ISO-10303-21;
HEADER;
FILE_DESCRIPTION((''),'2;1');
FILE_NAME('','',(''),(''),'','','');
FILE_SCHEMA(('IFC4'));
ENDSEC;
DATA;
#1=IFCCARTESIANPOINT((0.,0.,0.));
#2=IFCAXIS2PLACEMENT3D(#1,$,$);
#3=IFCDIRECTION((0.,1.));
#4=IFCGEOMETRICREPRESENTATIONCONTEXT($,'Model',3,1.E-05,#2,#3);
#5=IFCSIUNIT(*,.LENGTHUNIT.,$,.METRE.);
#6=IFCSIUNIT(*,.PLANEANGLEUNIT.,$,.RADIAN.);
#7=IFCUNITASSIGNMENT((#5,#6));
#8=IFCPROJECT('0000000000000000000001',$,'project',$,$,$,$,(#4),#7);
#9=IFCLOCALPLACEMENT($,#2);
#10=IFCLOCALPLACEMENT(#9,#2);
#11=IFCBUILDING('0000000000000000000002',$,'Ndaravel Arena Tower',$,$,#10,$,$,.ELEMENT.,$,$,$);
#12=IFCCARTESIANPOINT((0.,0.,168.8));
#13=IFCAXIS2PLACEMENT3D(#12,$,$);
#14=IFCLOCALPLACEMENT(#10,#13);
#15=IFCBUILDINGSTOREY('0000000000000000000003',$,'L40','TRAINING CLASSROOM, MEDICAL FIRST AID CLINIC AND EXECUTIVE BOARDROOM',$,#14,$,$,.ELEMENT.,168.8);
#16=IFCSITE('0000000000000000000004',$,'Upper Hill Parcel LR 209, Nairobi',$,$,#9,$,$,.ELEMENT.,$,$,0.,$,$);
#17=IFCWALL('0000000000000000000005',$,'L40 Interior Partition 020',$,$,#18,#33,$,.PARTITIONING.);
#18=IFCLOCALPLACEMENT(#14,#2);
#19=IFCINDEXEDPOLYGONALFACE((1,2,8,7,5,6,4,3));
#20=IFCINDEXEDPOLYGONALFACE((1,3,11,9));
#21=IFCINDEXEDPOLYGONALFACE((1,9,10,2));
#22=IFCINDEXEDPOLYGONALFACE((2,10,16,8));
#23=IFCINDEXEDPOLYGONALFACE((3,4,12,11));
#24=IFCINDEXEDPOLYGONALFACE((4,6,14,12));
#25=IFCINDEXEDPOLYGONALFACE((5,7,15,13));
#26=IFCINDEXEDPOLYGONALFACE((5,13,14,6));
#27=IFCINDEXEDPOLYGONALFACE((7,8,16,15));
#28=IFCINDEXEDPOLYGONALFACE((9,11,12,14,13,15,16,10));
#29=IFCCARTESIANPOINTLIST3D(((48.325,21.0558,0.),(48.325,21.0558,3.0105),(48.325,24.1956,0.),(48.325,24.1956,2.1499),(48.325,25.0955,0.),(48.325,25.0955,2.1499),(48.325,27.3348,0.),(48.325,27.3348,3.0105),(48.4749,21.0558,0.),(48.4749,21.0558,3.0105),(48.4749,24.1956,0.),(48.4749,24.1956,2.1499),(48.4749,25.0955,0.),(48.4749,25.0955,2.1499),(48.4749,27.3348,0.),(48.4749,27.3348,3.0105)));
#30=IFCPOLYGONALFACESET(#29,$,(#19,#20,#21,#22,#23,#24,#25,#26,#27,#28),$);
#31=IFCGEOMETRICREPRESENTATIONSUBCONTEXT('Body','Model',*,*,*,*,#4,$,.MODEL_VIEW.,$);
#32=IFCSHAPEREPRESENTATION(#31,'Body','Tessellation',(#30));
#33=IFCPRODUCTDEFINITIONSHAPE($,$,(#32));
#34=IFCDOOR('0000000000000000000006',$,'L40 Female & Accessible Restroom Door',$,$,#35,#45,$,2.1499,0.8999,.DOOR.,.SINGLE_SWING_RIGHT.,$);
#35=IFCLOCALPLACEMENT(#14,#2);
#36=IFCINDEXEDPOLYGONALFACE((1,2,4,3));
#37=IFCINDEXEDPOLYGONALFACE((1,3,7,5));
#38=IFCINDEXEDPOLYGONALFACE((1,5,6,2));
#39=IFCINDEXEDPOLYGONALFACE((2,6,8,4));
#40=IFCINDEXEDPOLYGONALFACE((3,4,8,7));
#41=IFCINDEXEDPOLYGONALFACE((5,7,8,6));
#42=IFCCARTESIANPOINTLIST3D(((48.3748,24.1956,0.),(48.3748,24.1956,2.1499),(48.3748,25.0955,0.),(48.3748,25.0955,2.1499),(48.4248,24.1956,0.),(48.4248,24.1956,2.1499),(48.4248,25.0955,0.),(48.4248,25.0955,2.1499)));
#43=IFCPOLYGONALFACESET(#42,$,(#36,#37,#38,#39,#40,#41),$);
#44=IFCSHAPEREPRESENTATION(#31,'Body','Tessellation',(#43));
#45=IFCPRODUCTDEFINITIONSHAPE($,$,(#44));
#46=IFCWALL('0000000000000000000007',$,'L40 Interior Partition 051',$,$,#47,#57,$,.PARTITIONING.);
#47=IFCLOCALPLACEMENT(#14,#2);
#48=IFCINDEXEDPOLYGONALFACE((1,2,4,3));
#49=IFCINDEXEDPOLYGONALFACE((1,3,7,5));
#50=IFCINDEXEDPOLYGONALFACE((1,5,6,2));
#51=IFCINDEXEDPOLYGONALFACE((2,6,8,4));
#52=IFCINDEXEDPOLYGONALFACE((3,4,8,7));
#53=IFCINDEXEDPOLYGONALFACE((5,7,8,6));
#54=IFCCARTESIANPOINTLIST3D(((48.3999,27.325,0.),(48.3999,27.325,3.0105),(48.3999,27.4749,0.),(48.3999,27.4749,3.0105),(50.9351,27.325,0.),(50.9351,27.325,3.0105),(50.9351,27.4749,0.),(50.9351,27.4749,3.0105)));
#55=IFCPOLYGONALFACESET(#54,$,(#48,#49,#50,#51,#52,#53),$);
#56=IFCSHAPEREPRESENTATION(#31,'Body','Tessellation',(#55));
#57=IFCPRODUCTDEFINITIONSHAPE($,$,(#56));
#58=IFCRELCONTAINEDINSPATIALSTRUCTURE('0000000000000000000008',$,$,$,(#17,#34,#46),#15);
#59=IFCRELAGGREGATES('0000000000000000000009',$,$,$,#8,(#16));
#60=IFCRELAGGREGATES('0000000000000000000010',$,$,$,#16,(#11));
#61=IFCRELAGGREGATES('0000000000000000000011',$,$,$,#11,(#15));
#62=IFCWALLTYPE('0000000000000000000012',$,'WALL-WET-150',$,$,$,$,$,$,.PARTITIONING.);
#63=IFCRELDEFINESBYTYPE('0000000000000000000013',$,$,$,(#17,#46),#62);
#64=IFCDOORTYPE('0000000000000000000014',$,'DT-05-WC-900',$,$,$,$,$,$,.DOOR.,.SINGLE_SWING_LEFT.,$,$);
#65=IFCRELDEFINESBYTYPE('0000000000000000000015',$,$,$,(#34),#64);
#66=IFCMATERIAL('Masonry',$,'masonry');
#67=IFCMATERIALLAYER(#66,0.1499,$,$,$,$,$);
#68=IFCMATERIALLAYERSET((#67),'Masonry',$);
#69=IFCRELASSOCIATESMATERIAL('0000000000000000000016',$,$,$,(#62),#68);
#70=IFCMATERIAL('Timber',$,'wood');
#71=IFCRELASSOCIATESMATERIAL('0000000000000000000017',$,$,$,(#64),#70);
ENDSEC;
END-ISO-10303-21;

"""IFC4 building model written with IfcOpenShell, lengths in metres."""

from ifc_helpers import new_model, si_unit, direction, frame, frame_2d, origin, place, context, subcontext, project, spatial, rectangle, extrude, material, layer, layer_set, type_object, element, fill, save


model = new_model("IFC4")

# Units and contexts
model_context = context("Model", 3, precision=1e-05, world=origin(), true_north=direction((0.0, 1.0)))
body_context = subcontext(model_context, "Body", "Model", "MODEL_VIEW")
ifc_project = project(units=[si_unit("LENGTHUNIT", "METRE"), si_unit("PLANEANGLEUNIT", "RADIAN")], contexts=[model_context])

# Site, building, storey
site_placement = place(None, origin())
site = spatial("IfcSite", under=ifc_project, at=site_placement, Name="Upper Hill Parcel LR 209, Nairobi", CompositionType="ELEMENT", RefElevation=0.0)
building_placement = place(site_placement, origin())
building = spatial("IfcBuilding", under=site, at=building_placement, Name="Ndaravel Arena Tower", CompositionType="ELEMENT")
storey_placement = place(building_placement, frame((0.0, 0.0, 168.8)))
storey = spatial("IfcBuildingStorey", under=building, at=storey_placement, Name="L40", Description="TRAINING CLASSROOM, MEDICAL FIRST AID CLINIC AND EXECUTIVE BOARDROOM", CompositionType="ELEMENT", Elevation=168.8)

# Wall, opening, door
ifc_material_1 = material(Name="Masonry", Category="masonry")
ifc_layer_1 = layer(ifc_material_1, 0.1499)
ifc_layer_set_1 = layer_set([ifc_layer_1], Name="Masonry")
wall_type_1 = type_object("IfcWallType", Name="WALL-WET-150", PredefinedType="PARTITIONING", material=ifc_layer_set_1)
wall_1_placement = place(storey_placement, frame((48.3999, 27.335, 0.0), z_axis=(0.0, 0.0, 1.0), x_axis=(0.0, -1.0, 0.0)))
wall_1 = element("IfcWall", 1, at=wall_1_placement, inside=storey, type_object=wall_type_1, Name="L40 Interior Partition 020", PredefinedType="PARTITIONING", context=body_context, shape_type="SweptSolid", body=[
    extrude(rectangle(XDim=6.2791, YDim=0.1499, at=frame_2d((3.1396, 0.0))), origin(), (0.0, 0.0, 1.0), 3.0105),
])
opening_1_placement = place(wall_1_placement, frame((2.2395, 0.0, 0.0)))
opening_1 = element("IfcOpeningElement", 2, at=opening_1_placement, cuts=wall_1, PredefinedType="OPENING", context=body_context, shape_type="SweptSolid", body=[
    extrude(rectangle(XDim=0.8999, YDim=2.1499, at=frame_2d((0.45, 1.075))), frame((0.0, 0.075, 0.0), z_axis=(0.0, -1.0, 0.0), x_axis=(1.0, 0.0, 0.0)), (0.0, 0.0, 1.0), 0.1499),
])
ifc_material_2 = material(Name="Timber", Category="wood")
door_type_1 = type_object("IfcDoorType", Name="DT-05-WC-900", OperationType="SINGLE_SWING_LEFT", PredefinedType="DOOR", material=ifc_material_2)
door_1_placement = place(opening_1_placement, origin())
door_1 = element("IfcDoor", 3, at=door_1_placement, inside=storey, type_object=door_type_1, Name="L40 Female & Accessible Restroom Door", OperationType="SINGLE_SWING_RIGHT", OverallHeight=2.1499, OverallWidth=0.8999, PredefinedType="DOOR", context=body_context, shape_type="SweptSolid", body=[
    extrude(rectangle(XDim=0.8999, YDim=2.1499, at=frame_2d((0.45, 1.075))), frame((0.0, 0.0249, 0.0), z_axis=(0.0, -1.0, 0.0), x_axis=(1.0, 0.0, 0.0)), (0.0, 0.0, 1.0), 0.05),
])
fill(opening_1, door_1)

# Wall
wall_2_placement = place(storey_placement, frame((48.3999, 27.3999, 0.0), z_axis=(0.0, 0.0, 1.0), x_axis=(1.0, 0.0, 0.0)))
element("IfcWall", 4, at=wall_2_placement, inside=storey, type_object=wall_type_1, Name="L40 Interior Partition 051", PredefinedType="PARTITIONING", context=body_context, shape_type="SweptSolid", body=[
    extrude(rectangle(XDim=2.5352, YDim=0.1499, at=frame_2d((1.2676, 0.0))), origin(), (0.0, 0.0, 1.0), 3.0105),
])

save(model, "model.ifc")
